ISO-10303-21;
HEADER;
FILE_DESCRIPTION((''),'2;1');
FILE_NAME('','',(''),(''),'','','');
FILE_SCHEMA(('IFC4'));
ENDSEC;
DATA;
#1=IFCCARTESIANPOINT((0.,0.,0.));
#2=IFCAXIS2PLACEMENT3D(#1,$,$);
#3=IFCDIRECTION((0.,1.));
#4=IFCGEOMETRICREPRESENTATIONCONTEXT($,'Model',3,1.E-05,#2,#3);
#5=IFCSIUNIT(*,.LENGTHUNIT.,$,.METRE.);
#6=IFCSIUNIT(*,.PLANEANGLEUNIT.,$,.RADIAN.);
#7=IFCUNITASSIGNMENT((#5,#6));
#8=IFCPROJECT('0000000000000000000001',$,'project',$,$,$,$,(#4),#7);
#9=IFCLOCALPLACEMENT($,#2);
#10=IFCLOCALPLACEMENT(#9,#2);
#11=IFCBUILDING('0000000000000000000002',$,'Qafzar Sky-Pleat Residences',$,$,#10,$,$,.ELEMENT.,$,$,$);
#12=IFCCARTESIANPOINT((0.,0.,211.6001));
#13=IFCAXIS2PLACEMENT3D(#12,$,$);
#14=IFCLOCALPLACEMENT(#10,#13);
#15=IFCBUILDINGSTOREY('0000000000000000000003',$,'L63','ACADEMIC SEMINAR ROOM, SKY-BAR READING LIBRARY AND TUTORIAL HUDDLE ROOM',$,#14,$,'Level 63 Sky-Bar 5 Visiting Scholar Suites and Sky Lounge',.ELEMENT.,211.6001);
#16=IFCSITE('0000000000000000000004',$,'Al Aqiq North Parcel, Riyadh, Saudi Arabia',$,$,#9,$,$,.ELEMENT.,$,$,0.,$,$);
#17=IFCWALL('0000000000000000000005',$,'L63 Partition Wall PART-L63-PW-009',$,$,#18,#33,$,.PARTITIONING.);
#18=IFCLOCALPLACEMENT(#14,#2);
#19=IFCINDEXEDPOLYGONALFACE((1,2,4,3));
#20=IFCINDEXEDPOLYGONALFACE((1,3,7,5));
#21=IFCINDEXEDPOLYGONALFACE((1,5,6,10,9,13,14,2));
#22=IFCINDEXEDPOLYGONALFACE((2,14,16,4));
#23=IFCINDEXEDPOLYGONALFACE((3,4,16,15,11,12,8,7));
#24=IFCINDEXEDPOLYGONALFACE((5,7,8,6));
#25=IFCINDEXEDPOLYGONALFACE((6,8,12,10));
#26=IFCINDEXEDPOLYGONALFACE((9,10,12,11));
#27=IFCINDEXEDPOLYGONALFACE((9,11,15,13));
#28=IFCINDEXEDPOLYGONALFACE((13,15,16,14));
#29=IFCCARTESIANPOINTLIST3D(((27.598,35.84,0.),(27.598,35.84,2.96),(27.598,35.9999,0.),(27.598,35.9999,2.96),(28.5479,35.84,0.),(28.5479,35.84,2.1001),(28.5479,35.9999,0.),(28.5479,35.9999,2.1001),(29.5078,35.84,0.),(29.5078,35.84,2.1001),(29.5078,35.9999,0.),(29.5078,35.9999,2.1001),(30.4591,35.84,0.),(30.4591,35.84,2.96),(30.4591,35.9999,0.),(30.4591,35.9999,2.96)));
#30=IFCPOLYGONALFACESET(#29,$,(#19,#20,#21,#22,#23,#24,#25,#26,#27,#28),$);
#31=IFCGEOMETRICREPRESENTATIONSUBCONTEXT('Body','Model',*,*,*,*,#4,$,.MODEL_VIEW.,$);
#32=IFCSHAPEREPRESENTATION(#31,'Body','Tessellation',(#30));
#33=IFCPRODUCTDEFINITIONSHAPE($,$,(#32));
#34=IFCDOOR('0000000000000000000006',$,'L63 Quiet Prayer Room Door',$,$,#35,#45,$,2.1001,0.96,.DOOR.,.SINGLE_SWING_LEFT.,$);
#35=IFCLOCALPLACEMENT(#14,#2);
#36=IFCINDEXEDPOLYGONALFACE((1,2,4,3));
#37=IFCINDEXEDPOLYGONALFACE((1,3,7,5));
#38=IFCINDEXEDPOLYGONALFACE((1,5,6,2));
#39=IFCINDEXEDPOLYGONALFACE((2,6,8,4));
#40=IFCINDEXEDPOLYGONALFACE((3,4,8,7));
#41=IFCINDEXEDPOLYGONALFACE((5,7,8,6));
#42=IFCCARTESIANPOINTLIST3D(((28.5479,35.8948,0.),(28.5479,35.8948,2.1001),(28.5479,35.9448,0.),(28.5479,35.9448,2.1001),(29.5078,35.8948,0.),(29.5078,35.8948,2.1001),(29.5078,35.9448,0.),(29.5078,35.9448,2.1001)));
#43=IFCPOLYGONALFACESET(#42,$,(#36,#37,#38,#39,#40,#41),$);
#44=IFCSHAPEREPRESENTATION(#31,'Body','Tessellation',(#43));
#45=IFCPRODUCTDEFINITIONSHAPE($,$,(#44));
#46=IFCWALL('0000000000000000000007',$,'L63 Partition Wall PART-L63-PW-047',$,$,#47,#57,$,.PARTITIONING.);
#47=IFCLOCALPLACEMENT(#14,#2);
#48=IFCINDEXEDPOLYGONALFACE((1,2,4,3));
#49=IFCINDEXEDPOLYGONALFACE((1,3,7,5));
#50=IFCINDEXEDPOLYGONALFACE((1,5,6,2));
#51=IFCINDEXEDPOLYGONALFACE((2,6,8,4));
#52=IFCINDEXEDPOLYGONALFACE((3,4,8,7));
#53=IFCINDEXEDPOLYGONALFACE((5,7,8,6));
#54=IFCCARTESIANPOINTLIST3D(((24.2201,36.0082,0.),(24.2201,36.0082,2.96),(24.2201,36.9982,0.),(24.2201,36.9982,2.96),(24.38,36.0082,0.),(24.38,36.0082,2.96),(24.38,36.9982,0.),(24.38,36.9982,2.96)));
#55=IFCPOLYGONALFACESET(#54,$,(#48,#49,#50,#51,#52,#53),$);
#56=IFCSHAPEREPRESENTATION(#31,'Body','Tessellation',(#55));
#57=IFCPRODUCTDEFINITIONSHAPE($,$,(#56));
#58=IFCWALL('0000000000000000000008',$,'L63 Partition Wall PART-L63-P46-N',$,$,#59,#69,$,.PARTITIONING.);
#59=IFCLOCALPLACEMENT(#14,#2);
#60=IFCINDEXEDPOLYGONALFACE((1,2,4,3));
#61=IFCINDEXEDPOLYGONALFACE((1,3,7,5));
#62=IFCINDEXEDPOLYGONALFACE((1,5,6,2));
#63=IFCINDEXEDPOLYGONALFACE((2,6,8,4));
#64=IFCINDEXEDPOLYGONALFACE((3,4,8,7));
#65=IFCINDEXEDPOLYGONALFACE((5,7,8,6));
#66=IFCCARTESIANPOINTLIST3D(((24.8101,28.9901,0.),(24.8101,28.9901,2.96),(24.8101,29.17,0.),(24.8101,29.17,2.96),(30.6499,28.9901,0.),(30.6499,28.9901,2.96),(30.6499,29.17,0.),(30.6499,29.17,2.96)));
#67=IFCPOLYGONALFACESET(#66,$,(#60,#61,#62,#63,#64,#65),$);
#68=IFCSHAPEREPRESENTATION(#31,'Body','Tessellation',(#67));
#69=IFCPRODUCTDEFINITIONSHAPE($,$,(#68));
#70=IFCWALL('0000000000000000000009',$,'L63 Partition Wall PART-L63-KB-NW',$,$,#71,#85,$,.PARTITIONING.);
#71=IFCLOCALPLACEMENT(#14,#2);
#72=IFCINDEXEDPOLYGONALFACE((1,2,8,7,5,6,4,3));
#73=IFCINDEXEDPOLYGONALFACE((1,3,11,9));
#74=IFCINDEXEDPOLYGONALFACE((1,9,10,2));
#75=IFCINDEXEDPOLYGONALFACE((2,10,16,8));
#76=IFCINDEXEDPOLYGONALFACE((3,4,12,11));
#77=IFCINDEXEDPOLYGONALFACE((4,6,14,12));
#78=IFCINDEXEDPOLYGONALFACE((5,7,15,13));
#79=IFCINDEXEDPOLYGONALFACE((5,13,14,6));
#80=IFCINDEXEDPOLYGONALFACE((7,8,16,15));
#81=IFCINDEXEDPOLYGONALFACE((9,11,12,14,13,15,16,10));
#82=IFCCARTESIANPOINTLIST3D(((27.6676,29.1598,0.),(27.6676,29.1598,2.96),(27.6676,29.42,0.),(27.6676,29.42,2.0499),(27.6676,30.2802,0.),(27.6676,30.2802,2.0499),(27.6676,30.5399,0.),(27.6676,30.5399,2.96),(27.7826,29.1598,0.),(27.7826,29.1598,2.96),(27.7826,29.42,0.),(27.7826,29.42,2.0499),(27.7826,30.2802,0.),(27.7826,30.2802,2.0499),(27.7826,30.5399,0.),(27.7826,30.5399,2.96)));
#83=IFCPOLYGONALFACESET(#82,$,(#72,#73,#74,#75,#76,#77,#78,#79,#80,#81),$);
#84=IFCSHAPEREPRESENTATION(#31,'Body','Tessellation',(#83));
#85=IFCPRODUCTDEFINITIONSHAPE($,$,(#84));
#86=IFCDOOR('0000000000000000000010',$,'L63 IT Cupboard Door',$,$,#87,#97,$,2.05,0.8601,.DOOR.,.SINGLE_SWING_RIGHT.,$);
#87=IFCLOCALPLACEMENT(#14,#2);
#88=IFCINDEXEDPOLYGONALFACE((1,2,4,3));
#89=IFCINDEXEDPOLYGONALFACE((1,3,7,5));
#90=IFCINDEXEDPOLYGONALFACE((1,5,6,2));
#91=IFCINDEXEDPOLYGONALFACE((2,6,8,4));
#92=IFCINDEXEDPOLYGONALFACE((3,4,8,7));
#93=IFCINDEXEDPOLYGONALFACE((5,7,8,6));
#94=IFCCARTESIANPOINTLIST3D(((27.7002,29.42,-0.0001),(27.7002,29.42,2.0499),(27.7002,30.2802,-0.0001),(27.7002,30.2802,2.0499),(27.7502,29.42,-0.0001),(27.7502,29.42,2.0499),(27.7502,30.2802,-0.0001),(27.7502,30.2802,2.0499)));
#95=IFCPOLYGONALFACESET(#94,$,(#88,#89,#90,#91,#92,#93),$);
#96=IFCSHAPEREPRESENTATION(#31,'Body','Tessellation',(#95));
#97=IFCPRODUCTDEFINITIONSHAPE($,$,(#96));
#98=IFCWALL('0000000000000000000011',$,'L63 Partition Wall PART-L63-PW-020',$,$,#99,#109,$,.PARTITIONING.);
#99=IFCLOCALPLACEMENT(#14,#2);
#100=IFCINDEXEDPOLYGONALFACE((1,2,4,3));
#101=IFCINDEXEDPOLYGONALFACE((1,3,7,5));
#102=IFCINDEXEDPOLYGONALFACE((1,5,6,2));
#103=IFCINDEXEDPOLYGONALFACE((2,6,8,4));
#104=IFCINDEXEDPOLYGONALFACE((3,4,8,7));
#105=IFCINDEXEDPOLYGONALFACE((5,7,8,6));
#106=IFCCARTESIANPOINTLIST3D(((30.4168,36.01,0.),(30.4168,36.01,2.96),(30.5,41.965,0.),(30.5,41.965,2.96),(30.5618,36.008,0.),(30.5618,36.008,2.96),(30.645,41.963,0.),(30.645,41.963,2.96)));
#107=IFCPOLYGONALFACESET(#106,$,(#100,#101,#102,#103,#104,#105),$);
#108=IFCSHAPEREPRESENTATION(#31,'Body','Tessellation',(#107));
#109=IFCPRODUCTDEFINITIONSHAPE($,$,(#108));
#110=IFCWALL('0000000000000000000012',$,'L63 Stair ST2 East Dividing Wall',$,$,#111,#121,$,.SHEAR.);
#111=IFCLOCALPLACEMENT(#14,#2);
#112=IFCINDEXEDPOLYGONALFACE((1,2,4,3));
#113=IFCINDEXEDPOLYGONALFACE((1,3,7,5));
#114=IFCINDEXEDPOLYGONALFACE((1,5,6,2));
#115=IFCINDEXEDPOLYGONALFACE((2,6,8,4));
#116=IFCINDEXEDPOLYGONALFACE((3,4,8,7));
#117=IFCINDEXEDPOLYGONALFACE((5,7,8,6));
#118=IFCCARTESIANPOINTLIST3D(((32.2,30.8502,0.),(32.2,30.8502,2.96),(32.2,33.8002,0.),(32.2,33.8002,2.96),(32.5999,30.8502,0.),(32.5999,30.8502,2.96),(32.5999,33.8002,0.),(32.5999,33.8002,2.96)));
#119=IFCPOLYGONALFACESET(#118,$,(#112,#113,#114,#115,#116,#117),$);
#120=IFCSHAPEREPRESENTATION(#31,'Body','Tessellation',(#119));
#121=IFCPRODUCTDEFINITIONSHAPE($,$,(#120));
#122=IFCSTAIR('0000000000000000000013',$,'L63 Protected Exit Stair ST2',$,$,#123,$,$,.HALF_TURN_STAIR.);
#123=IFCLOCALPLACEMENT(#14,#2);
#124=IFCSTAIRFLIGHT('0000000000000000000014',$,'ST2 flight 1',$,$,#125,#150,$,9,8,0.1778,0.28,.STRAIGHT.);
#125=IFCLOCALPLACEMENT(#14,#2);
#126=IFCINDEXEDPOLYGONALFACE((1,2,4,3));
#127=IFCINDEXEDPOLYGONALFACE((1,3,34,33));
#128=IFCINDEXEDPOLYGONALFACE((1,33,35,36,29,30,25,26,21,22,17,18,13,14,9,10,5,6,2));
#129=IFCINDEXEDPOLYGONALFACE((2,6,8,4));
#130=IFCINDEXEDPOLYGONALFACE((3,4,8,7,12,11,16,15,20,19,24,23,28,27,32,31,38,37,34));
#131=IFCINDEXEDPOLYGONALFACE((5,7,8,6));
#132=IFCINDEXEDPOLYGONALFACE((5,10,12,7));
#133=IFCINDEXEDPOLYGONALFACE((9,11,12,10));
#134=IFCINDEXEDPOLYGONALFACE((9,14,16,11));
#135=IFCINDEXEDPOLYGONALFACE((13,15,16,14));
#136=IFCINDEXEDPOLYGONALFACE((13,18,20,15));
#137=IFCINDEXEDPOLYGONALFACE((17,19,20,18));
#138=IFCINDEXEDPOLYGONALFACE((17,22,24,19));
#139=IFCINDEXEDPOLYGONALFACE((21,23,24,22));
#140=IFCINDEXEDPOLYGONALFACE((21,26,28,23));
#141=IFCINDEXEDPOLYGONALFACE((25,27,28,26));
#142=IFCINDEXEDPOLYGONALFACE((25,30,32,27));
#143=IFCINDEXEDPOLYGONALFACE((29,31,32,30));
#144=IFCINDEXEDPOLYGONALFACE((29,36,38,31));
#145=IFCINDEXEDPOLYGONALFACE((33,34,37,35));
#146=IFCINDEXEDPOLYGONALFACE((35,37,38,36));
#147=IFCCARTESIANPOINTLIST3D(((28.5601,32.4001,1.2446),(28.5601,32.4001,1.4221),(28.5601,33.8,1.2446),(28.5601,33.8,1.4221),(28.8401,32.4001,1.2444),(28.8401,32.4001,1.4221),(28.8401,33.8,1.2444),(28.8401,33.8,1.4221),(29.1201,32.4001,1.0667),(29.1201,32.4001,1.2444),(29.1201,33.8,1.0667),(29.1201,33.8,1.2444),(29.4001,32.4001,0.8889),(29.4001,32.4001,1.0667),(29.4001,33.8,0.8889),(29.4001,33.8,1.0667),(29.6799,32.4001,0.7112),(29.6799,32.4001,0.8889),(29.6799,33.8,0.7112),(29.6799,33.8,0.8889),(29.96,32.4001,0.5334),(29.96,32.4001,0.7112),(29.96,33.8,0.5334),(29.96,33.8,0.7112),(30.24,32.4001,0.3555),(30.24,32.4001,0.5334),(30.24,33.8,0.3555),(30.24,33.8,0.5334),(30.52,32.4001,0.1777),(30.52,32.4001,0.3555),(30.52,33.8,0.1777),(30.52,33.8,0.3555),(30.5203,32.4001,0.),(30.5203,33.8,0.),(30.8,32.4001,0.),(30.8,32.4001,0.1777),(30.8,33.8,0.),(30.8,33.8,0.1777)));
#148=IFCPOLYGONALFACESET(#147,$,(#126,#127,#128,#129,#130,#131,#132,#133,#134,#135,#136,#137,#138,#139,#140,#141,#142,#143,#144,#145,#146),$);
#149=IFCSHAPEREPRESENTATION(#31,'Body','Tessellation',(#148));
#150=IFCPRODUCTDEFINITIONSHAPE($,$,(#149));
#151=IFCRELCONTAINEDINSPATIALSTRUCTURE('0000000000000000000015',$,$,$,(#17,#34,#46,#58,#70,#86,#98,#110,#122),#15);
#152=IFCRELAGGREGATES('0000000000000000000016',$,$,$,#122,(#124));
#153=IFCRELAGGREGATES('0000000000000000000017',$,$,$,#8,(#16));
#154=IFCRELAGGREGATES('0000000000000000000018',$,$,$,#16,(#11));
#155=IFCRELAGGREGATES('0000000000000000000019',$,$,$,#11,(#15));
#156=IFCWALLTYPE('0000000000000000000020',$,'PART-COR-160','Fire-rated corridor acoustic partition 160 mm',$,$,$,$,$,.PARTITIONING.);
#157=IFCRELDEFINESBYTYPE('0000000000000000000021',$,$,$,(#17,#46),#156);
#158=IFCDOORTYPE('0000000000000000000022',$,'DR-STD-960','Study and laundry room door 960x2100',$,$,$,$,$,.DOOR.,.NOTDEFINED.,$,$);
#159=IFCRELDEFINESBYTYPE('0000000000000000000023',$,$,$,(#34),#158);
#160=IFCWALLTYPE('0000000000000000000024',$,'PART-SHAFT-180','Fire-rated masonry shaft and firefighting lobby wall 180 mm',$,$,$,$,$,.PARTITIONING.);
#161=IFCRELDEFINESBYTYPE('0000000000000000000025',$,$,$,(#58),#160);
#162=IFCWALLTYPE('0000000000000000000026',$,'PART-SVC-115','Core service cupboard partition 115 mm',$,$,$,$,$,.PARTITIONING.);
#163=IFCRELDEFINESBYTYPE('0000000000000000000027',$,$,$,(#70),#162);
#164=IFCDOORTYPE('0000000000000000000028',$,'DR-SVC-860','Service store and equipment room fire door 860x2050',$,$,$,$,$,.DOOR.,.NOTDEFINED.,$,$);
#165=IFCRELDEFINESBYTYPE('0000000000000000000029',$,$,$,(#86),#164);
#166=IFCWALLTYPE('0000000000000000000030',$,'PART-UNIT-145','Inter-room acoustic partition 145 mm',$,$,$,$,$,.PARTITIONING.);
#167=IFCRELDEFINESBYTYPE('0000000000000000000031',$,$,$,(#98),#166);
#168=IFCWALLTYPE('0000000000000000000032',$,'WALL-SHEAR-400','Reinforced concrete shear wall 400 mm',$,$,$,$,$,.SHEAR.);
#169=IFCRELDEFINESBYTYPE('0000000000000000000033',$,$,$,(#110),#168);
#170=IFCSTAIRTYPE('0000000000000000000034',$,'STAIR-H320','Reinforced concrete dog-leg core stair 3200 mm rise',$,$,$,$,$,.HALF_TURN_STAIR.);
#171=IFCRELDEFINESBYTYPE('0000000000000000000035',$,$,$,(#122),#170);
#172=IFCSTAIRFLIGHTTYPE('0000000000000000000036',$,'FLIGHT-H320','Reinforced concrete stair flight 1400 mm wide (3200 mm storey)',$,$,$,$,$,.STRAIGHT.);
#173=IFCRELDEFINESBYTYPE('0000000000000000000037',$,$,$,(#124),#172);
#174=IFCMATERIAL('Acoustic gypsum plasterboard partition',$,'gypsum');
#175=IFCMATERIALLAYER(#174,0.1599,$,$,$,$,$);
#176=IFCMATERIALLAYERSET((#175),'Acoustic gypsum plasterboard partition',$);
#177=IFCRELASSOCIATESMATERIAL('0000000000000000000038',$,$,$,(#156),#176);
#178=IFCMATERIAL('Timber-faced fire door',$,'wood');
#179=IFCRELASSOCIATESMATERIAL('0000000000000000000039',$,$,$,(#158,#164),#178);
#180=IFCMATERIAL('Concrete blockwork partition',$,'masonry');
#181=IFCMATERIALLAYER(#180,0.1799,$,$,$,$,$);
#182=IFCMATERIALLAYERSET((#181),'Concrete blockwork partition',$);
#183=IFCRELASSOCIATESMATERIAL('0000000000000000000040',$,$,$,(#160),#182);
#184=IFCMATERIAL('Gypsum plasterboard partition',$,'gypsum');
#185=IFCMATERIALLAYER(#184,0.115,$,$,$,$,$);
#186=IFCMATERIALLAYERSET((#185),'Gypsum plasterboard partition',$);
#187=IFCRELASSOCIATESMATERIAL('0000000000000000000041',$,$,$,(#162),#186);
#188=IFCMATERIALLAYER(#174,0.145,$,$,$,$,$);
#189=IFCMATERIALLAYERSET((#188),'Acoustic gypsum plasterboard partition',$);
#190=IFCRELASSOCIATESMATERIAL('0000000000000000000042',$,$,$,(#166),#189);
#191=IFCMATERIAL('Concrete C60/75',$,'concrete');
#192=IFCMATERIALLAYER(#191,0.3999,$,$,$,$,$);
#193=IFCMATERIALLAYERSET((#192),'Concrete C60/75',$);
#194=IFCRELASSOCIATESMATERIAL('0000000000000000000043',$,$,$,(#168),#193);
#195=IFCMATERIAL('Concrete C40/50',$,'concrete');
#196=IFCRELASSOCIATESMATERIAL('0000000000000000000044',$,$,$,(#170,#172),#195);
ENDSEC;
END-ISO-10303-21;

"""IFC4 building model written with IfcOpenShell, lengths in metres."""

from ifc_helpers import new_model, si_unit, direction, frame, frame_2d, origin, place, context, subcontext, project, spatial, polyline, rectangle, outline, extrude, source, transform, mapped, material, layer, layer_set, type_object, element, fill, aggregate, save


model = new_model("IFC4")

# Units and contexts
model_context = context("Model", 3, precision=1e-05, world=origin(), true_north=direction((0.0, 1.0)))
body_context = subcontext(model_context, "Body", "Model", "MODEL_VIEW")
ifc_project = project(units=[si_unit("LENGTHUNIT", "METRE"), si_unit("PLANEANGLEUNIT", "RADIAN")], contexts=[model_context])

# Site, building, storey
site_placement = place(None, origin())
site = spatial("IfcSite", under=ifc_project, at=site_placement, Name="Al Aqiq North Parcel, Riyadh, Saudi Arabia", CompositionType="ELEMENT", RefElevation=0.0)
building_placement = place(site_placement, origin())
building = spatial("IfcBuilding", under=site, at=building_placement, Name="Qafzar Sky-Pleat Residences", CompositionType="ELEMENT")
storey_placement = place(building_placement, frame((0.0, 0.0, 211.6001)))
storey = spatial("IfcBuildingStorey", under=building, at=storey_placement, Name="L63", Description="ACADEMIC SEMINAR ROOM, SKY-BAR READING LIBRARY AND TUTORIAL HUDDLE ROOM", LongName="Level 63 Sky-Bar 5 Visiting Scholar Suites and Sky Lounge", CompositionType="ELEMENT", Elevation=211.6001)

# Wall, opening, door
ifc_material_1 = material(Name="Acoustic gypsum plasterboard partition", Category="gypsum")
ifc_layer_1 = layer(ifc_material_1, 0.1599)
ifc_layer_set_1 = layer_set([ifc_layer_1], Name="Acoustic gypsum plasterboard partition")
wall_type_1 = type_object("IfcWallType", Name="PART-COR-160", Description="Fire-rated corridor acoustic partition 160 mm", PredefinedType="PARTITIONING", material=ifc_layer_set_1)
ifc_material_2 = material(Name="Timber-faced fire door", Category="wood")
door_type_1 = type_object("IfcDoorType", Name="DR-STD-960", Description="Study and laundry room door 960x2100", OperationType="NOTDEFINED", PredefinedType="DOOR", material=ifc_material_2)
shared_shape_1 = source(origin(), body_context, "Body", "SweptSolid", [
    extrude(rectangle(XDim=0.96, YDim=2.1001, at=frame_2d((0.48, 1.05))), frame((0.0, 0.0249, 0.0), z_axis=(0.0, -1.0, 0.0), x_axis=(1.0, 0.0, 0.0)), (0.0, 0.0, 1.0), 0.05),
])
wall_1_placement = place(storey_placement, frame((27.5979, 35.9199, 0.0), z_axis=(0.0, 0.0, 1.0), x_axis=(1.0, 0.0, 0.0)))
wall_1 = element("IfcWall", 1, at=wall_1_placement, inside=storey, type_object=wall_type_1, Name="L63 Partition Wall PART-L63-PW-009", PredefinedType="PARTITIONING", context=body_context, shape_type="SweptSolid", body=[
    extrude(rectangle(XDim=2.8611, YDim=0.1599, at=frame_2d((1.4307, 0.0))), origin(), (0.0, 0.0, 1.0), 2.96),
])
opening_1_placement = place(wall_1_placement, frame((0.95, 0.0, 0.0)))
opening_1 = element("IfcOpeningElement", 2, at=opening_1_placement, cuts=wall_1, PredefinedType="OPENING", context=body_context, shape_type="SweptSolid", body=[
    extrude(rectangle(XDim=0.96, YDim=2.1001, at=frame_2d((0.48, 1.05))), frame((0.0, 0.0898, 0.0), z_axis=(0.0, -1.0, 0.0), x_axis=(1.0, 0.0, 0.0)), (0.0, 0.0, 1.0), 0.1799),
])
door_1_placement = place(opening_1_placement, origin())
door_1 = element("IfcDoor", 3, at=door_1_placement, inside=storey, type_object=door_type_1, Name="L63 Quiet Prayer Room Door", OperationType="SINGLE_SWING_LEFT", OverallHeight=2.1001, OverallWidth=0.96, PredefinedType="DOOR", context=body_context, shape_type="MappedRepresentation", body=[
    mapped(shared_shape_1, transform((0.0, 0.0, 0.0), x_axis=(1.0, 0.0, 0.0), y_axis=(0.0, 1.0, 0.0), z_axis=(0.0, 0.0, 1.0), scale=1.0)),
])
fill(opening_1, door_1)

# Walls
wall_2_placement = place(storey_placement, frame((24.3, 36.0081, 0.0), z_axis=(0.0, 0.0, 1.0), x_axis=(0.0, 1.0, 0.0)))
element("IfcWall", 4, at=wall_2_placement, inside=storey, type_object=wall_type_1, Name="L63 Partition Wall PART-L63-PW-047", PredefinedType="PARTITIONING", context=body_context, shape_type="SweptSolid", body=[
    extrude(rectangle(XDim=0.99, YDim=0.1599, at=frame_2d((0.4951, 0.0))), origin(), (0.0, 0.0, 1.0), 2.96),
])
ifc_material_3 = material(Name="Concrete blockwork partition", Category="masonry")
ifc_layer_2 = layer(ifc_material_3, 0.1799)
ifc_layer_set_2 = layer_set([ifc_layer_2], Name="Concrete blockwork partition")
wall_type_2 = type_object("IfcWallType", Name="PART-SHAFT-180", Description="Fire-rated masonry shaft and firefighting lobby wall 180 mm", PredefinedType="PARTITIONING", material=ifc_layer_set_2)
wall_3_placement = place(storey_placement, frame((24.8101, 29.0801, 0.0), z_axis=(0.0, 0.0, 1.0), x_axis=(1.0, 0.0, 0.0)))
element("IfcWall", 5, at=wall_3_placement, inside=storey, type_object=wall_type_2, Name="L63 Partition Wall PART-L63-P46-N", PredefinedType="PARTITIONING", context=body_context, shape_type="SweptSolid", body=[
    extrude(rectangle(XDim=5.8398, YDim=0.1799, at=frame_2d((2.9199, 0.0))), origin(), (0.0, 0.0, 1.0), 2.96),
])

# Wall, opening, door
ifc_material_4 = material(Name="Gypsum plasterboard partition", Category="gypsum")
ifc_layer_3 = layer(ifc_material_4, 0.115)
ifc_layer_set_3 = layer_set([ifc_layer_3], Name="Gypsum plasterboard partition")
wall_type_3 = type_object("IfcWallType", Name="PART-SVC-115", Description="Core service cupboard partition 115 mm", PredefinedType="PARTITIONING", material=ifc_layer_set_3)
wall_4_placement = place(storey_placement, frame((27.7251, 29.1599, 0.0), z_axis=(0.0, 0.0, 1.0), x_axis=(0.0, 1.0, 0.0)))
wall_4 = element("IfcWall", 6, at=wall_4_placement, inside=storey, type_object=wall_type_3, Name="L63 Partition Wall PART-L63-KB-NW", PredefinedType="PARTITIONING", context=body_context, shape_type="SweptSolid", body=[
    extrude(rectangle(XDim=1.3801, YDim=0.115, at=frame_2d((0.6899, 0.0))), origin(), (0.0, 0.0, 1.0), 2.96),
])
opening_2_placement = place(wall_4_placement, frame((0.26, 0.0, 0.0)))
opening_2 = element("IfcOpeningElement", 7, at=opening_2_placement, cuts=wall_4, PredefinedType="OPENING", context=body_context, shape_type="SweptSolid", body=[
    extrude(rectangle(XDim=0.8601, YDim=2.05, at=frame_2d((0.4302, 1.0249))), frame((0.0, 0.0674, 0.0), z_axis=(0.0, -1.0, 0.0), x_axis=(1.0, 0.0, 0.0)), (0.0, 0.0, 1.0), 0.135),
])
door_type_2 = type_object("IfcDoorType", Name="DR-SVC-860", Description="Service store and equipment room fire door 860x2050", OperationType="NOTDEFINED", PredefinedType="DOOR", material=ifc_material_2)
shared_shape_2 = source(origin(), body_context, "Body", "SweptSolid", [
    extrude(rectangle(XDim=0.8601, YDim=2.05, at=frame_2d((0.4302, 1.0249))), frame((0.0, 0.0249, 0.0), z_axis=(0.0, -1.0, 0.0), x_axis=(1.0, 0.0, 0.0)), (0.0, 0.0, 1.0), 0.05),
])
door_2_placement = place(opening_2_placement, origin())
door_2 = element("IfcDoor", 8, at=door_2_placement, inside=storey, type_object=door_type_2, Name="L63 IT Cupboard Door", OperationType="SINGLE_SWING_RIGHT", OverallHeight=2.05, OverallWidth=0.8601, PredefinedType="DOOR", context=body_context, shape_type="MappedRepresentation", body=[
    mapped(shared_shape_2, transform((0.0, 0.0, 0.0), x_axis=(1.0, 0.0, 0.0), y_axis=(0.0, 1.0, 0.0), z_axis=(0.0, 0.0, 1.0), scale=1.0)),
])
fill(opening_2, door_2)

# Wall
ifc_layer_4 = layer(ifc_material_1, 0.145)
ifc_layer_set_4 = layer_set([ifc_layer_4], Name="Acoustic gypsum plasterboard partition")
wall_type_4 = type_object("IfcWallType", Name="PART-UNIT-145", Description="Inter-room acoustic partition 145 mm", PredefinedType="PARTITIONING", material=ifc_layer_set_4)
wall_5_placement = place(storey_placement, frame((30.4893, 36.009, 0.0), z_axis=(0.0, 0.0, 1.0), x_axis=(0.013979, 0.999902, 0.0)))
element("IfcWall", 9, at=wall_5_placement, inside=storey, type_object=wall_type_4, Name="L63 Partition Wall PART-L63-PW-020", PredefinedType="PARTITIONING", context=body_context, shape_type="SweptSolid", body=[
    extrude(rectangle(XDim=5.9556, YDim=0.145, at=frame_2d((2.9778, 0.0))), origin(), (0.0, 0.0, 1.0), 2.96),
])

# Shared definitions
ifc_material_5 = material(Name="Concrete C60/75", Category="concrete")

# Wall
ifc_layer_5 = layer(ifc_material_5, 0.3999)
ifc_layer_set_5 = layer_set([ifc_layer_5], Name="Concrete C60/75")
wall_type_5 = type_object("IfcWallType", Name="WALL-SHEAR-400", Description="Reinforced concrete shear wall 400 mm", PredefinedType="SHEAR", material=ifc_layer_set_5)
wall_6_placement = place(storey_placement, frame((32.3999, 30.8501, 0.0), z_axis=(0.0, 0.0, 1.0), x_axis=(0.0, 1.0, 0.0)))
element("IfcWall", 10, at=wall_6_placement, inside=storey, type_object=wall_type_5, Name="L63 Stair ST2 East Dividing Wall", PredefinedType="SHEAR", context=body_context, shape_type="SweptSolid", body=[
    extrude(rectangle(XDim=2.95, YDim=0.3999, at=frame_2d((1.4751, 0.0))), origin(), (0.0, 0.0, 1.0), 2.96),
])

# Stair, stair flight
ifc_material_6 = material(Name="Concrete C40/50", Category="concrete")
stair_type = type_object("IfcStairType", Name="STAIR-H320", Description="Reinforced concrete dog-leg core stair 3200 mm rise", PredefinedType="HALF_TURN_STAIR", material=ifc_material_6)
stair_placement = place(storey_placement, origin())
stair = element("IfcStair", 11, at=stair_placement, inside=storey, type_object=stair_type, Name="L63 Protected Exit Stair ST2", PredefinedType="HALF_TURN_STAIR")
stair_flight_type = type_object("IfcStairFlightType", Name="FLIGHT-H320", Description="Reinforced concrete stair flight 1400 mm wide (3200 mm storey)", PredefinedType="STRAIGHT", material=ifc_material_6)
shared_shape_3 = source(origin(), body_context, "Body", "SweptSolid", [
    extrude(outline(polyline([(0.0, 0.0), (0.0, 0.1777), (0.28, 0.1777), (0.28, 0.3555), (0.5601, 0.3555), (0.5601, 0.5334), (0.8401, 0.5334), (0.8401, 0.7112), (1.1201, 0.7112), (1.1201, 0.8889), (1.3999, 0.8889), (1.3999, 1.0667), (1.6799, 1.0667), (1.6799, 1.2444), (1.96, 1.2444), (1.96, 1.4221), (2.24, 1.4221), (2.24, 1.6001), (2.24, 1.2446), (0.2798, 0.0), (0.0, 0.0)])), frame((0.0, 0.7, 0.0), z_axis=(0.0, -1.0, 0.0), x_axis=(1.0, 0.0, 0.0)), (0.0, 0.0, 1.0), 1.3999),
])
stair_flight_1_placement = place(storey_placement, frame((30.8, 33.1001, 0.0), z_axis=(0.0, 0.0, 1.0), x_axis=(-1.0, 0.0, 0.0)))
stair_flight_1 = element("IfcStairFlight", 12, at=stair_flight_1_placement, type_object=stair_flight_type, Name="ST2 flight 1", NumberOfRisers=9, NumberOfTreads=8, PredefinedType="STRAIGHT", RiserHeight=0.1778, TreadLength=0.28, context=body_context, shape_type="MappedRepresentation", body=[
    mapped(shared_shape_3, transform((0.0, 0.0, 0.0), x_axis=(1.0, 0.0, 0.0), y_axis=(0.0, 1.0, 0.0), z_axis=(0.0, 0.0, 1.0), scale=1.0)),
])
aggregate(stair, [stair_flight_1])

save(model, "model.ifc")
